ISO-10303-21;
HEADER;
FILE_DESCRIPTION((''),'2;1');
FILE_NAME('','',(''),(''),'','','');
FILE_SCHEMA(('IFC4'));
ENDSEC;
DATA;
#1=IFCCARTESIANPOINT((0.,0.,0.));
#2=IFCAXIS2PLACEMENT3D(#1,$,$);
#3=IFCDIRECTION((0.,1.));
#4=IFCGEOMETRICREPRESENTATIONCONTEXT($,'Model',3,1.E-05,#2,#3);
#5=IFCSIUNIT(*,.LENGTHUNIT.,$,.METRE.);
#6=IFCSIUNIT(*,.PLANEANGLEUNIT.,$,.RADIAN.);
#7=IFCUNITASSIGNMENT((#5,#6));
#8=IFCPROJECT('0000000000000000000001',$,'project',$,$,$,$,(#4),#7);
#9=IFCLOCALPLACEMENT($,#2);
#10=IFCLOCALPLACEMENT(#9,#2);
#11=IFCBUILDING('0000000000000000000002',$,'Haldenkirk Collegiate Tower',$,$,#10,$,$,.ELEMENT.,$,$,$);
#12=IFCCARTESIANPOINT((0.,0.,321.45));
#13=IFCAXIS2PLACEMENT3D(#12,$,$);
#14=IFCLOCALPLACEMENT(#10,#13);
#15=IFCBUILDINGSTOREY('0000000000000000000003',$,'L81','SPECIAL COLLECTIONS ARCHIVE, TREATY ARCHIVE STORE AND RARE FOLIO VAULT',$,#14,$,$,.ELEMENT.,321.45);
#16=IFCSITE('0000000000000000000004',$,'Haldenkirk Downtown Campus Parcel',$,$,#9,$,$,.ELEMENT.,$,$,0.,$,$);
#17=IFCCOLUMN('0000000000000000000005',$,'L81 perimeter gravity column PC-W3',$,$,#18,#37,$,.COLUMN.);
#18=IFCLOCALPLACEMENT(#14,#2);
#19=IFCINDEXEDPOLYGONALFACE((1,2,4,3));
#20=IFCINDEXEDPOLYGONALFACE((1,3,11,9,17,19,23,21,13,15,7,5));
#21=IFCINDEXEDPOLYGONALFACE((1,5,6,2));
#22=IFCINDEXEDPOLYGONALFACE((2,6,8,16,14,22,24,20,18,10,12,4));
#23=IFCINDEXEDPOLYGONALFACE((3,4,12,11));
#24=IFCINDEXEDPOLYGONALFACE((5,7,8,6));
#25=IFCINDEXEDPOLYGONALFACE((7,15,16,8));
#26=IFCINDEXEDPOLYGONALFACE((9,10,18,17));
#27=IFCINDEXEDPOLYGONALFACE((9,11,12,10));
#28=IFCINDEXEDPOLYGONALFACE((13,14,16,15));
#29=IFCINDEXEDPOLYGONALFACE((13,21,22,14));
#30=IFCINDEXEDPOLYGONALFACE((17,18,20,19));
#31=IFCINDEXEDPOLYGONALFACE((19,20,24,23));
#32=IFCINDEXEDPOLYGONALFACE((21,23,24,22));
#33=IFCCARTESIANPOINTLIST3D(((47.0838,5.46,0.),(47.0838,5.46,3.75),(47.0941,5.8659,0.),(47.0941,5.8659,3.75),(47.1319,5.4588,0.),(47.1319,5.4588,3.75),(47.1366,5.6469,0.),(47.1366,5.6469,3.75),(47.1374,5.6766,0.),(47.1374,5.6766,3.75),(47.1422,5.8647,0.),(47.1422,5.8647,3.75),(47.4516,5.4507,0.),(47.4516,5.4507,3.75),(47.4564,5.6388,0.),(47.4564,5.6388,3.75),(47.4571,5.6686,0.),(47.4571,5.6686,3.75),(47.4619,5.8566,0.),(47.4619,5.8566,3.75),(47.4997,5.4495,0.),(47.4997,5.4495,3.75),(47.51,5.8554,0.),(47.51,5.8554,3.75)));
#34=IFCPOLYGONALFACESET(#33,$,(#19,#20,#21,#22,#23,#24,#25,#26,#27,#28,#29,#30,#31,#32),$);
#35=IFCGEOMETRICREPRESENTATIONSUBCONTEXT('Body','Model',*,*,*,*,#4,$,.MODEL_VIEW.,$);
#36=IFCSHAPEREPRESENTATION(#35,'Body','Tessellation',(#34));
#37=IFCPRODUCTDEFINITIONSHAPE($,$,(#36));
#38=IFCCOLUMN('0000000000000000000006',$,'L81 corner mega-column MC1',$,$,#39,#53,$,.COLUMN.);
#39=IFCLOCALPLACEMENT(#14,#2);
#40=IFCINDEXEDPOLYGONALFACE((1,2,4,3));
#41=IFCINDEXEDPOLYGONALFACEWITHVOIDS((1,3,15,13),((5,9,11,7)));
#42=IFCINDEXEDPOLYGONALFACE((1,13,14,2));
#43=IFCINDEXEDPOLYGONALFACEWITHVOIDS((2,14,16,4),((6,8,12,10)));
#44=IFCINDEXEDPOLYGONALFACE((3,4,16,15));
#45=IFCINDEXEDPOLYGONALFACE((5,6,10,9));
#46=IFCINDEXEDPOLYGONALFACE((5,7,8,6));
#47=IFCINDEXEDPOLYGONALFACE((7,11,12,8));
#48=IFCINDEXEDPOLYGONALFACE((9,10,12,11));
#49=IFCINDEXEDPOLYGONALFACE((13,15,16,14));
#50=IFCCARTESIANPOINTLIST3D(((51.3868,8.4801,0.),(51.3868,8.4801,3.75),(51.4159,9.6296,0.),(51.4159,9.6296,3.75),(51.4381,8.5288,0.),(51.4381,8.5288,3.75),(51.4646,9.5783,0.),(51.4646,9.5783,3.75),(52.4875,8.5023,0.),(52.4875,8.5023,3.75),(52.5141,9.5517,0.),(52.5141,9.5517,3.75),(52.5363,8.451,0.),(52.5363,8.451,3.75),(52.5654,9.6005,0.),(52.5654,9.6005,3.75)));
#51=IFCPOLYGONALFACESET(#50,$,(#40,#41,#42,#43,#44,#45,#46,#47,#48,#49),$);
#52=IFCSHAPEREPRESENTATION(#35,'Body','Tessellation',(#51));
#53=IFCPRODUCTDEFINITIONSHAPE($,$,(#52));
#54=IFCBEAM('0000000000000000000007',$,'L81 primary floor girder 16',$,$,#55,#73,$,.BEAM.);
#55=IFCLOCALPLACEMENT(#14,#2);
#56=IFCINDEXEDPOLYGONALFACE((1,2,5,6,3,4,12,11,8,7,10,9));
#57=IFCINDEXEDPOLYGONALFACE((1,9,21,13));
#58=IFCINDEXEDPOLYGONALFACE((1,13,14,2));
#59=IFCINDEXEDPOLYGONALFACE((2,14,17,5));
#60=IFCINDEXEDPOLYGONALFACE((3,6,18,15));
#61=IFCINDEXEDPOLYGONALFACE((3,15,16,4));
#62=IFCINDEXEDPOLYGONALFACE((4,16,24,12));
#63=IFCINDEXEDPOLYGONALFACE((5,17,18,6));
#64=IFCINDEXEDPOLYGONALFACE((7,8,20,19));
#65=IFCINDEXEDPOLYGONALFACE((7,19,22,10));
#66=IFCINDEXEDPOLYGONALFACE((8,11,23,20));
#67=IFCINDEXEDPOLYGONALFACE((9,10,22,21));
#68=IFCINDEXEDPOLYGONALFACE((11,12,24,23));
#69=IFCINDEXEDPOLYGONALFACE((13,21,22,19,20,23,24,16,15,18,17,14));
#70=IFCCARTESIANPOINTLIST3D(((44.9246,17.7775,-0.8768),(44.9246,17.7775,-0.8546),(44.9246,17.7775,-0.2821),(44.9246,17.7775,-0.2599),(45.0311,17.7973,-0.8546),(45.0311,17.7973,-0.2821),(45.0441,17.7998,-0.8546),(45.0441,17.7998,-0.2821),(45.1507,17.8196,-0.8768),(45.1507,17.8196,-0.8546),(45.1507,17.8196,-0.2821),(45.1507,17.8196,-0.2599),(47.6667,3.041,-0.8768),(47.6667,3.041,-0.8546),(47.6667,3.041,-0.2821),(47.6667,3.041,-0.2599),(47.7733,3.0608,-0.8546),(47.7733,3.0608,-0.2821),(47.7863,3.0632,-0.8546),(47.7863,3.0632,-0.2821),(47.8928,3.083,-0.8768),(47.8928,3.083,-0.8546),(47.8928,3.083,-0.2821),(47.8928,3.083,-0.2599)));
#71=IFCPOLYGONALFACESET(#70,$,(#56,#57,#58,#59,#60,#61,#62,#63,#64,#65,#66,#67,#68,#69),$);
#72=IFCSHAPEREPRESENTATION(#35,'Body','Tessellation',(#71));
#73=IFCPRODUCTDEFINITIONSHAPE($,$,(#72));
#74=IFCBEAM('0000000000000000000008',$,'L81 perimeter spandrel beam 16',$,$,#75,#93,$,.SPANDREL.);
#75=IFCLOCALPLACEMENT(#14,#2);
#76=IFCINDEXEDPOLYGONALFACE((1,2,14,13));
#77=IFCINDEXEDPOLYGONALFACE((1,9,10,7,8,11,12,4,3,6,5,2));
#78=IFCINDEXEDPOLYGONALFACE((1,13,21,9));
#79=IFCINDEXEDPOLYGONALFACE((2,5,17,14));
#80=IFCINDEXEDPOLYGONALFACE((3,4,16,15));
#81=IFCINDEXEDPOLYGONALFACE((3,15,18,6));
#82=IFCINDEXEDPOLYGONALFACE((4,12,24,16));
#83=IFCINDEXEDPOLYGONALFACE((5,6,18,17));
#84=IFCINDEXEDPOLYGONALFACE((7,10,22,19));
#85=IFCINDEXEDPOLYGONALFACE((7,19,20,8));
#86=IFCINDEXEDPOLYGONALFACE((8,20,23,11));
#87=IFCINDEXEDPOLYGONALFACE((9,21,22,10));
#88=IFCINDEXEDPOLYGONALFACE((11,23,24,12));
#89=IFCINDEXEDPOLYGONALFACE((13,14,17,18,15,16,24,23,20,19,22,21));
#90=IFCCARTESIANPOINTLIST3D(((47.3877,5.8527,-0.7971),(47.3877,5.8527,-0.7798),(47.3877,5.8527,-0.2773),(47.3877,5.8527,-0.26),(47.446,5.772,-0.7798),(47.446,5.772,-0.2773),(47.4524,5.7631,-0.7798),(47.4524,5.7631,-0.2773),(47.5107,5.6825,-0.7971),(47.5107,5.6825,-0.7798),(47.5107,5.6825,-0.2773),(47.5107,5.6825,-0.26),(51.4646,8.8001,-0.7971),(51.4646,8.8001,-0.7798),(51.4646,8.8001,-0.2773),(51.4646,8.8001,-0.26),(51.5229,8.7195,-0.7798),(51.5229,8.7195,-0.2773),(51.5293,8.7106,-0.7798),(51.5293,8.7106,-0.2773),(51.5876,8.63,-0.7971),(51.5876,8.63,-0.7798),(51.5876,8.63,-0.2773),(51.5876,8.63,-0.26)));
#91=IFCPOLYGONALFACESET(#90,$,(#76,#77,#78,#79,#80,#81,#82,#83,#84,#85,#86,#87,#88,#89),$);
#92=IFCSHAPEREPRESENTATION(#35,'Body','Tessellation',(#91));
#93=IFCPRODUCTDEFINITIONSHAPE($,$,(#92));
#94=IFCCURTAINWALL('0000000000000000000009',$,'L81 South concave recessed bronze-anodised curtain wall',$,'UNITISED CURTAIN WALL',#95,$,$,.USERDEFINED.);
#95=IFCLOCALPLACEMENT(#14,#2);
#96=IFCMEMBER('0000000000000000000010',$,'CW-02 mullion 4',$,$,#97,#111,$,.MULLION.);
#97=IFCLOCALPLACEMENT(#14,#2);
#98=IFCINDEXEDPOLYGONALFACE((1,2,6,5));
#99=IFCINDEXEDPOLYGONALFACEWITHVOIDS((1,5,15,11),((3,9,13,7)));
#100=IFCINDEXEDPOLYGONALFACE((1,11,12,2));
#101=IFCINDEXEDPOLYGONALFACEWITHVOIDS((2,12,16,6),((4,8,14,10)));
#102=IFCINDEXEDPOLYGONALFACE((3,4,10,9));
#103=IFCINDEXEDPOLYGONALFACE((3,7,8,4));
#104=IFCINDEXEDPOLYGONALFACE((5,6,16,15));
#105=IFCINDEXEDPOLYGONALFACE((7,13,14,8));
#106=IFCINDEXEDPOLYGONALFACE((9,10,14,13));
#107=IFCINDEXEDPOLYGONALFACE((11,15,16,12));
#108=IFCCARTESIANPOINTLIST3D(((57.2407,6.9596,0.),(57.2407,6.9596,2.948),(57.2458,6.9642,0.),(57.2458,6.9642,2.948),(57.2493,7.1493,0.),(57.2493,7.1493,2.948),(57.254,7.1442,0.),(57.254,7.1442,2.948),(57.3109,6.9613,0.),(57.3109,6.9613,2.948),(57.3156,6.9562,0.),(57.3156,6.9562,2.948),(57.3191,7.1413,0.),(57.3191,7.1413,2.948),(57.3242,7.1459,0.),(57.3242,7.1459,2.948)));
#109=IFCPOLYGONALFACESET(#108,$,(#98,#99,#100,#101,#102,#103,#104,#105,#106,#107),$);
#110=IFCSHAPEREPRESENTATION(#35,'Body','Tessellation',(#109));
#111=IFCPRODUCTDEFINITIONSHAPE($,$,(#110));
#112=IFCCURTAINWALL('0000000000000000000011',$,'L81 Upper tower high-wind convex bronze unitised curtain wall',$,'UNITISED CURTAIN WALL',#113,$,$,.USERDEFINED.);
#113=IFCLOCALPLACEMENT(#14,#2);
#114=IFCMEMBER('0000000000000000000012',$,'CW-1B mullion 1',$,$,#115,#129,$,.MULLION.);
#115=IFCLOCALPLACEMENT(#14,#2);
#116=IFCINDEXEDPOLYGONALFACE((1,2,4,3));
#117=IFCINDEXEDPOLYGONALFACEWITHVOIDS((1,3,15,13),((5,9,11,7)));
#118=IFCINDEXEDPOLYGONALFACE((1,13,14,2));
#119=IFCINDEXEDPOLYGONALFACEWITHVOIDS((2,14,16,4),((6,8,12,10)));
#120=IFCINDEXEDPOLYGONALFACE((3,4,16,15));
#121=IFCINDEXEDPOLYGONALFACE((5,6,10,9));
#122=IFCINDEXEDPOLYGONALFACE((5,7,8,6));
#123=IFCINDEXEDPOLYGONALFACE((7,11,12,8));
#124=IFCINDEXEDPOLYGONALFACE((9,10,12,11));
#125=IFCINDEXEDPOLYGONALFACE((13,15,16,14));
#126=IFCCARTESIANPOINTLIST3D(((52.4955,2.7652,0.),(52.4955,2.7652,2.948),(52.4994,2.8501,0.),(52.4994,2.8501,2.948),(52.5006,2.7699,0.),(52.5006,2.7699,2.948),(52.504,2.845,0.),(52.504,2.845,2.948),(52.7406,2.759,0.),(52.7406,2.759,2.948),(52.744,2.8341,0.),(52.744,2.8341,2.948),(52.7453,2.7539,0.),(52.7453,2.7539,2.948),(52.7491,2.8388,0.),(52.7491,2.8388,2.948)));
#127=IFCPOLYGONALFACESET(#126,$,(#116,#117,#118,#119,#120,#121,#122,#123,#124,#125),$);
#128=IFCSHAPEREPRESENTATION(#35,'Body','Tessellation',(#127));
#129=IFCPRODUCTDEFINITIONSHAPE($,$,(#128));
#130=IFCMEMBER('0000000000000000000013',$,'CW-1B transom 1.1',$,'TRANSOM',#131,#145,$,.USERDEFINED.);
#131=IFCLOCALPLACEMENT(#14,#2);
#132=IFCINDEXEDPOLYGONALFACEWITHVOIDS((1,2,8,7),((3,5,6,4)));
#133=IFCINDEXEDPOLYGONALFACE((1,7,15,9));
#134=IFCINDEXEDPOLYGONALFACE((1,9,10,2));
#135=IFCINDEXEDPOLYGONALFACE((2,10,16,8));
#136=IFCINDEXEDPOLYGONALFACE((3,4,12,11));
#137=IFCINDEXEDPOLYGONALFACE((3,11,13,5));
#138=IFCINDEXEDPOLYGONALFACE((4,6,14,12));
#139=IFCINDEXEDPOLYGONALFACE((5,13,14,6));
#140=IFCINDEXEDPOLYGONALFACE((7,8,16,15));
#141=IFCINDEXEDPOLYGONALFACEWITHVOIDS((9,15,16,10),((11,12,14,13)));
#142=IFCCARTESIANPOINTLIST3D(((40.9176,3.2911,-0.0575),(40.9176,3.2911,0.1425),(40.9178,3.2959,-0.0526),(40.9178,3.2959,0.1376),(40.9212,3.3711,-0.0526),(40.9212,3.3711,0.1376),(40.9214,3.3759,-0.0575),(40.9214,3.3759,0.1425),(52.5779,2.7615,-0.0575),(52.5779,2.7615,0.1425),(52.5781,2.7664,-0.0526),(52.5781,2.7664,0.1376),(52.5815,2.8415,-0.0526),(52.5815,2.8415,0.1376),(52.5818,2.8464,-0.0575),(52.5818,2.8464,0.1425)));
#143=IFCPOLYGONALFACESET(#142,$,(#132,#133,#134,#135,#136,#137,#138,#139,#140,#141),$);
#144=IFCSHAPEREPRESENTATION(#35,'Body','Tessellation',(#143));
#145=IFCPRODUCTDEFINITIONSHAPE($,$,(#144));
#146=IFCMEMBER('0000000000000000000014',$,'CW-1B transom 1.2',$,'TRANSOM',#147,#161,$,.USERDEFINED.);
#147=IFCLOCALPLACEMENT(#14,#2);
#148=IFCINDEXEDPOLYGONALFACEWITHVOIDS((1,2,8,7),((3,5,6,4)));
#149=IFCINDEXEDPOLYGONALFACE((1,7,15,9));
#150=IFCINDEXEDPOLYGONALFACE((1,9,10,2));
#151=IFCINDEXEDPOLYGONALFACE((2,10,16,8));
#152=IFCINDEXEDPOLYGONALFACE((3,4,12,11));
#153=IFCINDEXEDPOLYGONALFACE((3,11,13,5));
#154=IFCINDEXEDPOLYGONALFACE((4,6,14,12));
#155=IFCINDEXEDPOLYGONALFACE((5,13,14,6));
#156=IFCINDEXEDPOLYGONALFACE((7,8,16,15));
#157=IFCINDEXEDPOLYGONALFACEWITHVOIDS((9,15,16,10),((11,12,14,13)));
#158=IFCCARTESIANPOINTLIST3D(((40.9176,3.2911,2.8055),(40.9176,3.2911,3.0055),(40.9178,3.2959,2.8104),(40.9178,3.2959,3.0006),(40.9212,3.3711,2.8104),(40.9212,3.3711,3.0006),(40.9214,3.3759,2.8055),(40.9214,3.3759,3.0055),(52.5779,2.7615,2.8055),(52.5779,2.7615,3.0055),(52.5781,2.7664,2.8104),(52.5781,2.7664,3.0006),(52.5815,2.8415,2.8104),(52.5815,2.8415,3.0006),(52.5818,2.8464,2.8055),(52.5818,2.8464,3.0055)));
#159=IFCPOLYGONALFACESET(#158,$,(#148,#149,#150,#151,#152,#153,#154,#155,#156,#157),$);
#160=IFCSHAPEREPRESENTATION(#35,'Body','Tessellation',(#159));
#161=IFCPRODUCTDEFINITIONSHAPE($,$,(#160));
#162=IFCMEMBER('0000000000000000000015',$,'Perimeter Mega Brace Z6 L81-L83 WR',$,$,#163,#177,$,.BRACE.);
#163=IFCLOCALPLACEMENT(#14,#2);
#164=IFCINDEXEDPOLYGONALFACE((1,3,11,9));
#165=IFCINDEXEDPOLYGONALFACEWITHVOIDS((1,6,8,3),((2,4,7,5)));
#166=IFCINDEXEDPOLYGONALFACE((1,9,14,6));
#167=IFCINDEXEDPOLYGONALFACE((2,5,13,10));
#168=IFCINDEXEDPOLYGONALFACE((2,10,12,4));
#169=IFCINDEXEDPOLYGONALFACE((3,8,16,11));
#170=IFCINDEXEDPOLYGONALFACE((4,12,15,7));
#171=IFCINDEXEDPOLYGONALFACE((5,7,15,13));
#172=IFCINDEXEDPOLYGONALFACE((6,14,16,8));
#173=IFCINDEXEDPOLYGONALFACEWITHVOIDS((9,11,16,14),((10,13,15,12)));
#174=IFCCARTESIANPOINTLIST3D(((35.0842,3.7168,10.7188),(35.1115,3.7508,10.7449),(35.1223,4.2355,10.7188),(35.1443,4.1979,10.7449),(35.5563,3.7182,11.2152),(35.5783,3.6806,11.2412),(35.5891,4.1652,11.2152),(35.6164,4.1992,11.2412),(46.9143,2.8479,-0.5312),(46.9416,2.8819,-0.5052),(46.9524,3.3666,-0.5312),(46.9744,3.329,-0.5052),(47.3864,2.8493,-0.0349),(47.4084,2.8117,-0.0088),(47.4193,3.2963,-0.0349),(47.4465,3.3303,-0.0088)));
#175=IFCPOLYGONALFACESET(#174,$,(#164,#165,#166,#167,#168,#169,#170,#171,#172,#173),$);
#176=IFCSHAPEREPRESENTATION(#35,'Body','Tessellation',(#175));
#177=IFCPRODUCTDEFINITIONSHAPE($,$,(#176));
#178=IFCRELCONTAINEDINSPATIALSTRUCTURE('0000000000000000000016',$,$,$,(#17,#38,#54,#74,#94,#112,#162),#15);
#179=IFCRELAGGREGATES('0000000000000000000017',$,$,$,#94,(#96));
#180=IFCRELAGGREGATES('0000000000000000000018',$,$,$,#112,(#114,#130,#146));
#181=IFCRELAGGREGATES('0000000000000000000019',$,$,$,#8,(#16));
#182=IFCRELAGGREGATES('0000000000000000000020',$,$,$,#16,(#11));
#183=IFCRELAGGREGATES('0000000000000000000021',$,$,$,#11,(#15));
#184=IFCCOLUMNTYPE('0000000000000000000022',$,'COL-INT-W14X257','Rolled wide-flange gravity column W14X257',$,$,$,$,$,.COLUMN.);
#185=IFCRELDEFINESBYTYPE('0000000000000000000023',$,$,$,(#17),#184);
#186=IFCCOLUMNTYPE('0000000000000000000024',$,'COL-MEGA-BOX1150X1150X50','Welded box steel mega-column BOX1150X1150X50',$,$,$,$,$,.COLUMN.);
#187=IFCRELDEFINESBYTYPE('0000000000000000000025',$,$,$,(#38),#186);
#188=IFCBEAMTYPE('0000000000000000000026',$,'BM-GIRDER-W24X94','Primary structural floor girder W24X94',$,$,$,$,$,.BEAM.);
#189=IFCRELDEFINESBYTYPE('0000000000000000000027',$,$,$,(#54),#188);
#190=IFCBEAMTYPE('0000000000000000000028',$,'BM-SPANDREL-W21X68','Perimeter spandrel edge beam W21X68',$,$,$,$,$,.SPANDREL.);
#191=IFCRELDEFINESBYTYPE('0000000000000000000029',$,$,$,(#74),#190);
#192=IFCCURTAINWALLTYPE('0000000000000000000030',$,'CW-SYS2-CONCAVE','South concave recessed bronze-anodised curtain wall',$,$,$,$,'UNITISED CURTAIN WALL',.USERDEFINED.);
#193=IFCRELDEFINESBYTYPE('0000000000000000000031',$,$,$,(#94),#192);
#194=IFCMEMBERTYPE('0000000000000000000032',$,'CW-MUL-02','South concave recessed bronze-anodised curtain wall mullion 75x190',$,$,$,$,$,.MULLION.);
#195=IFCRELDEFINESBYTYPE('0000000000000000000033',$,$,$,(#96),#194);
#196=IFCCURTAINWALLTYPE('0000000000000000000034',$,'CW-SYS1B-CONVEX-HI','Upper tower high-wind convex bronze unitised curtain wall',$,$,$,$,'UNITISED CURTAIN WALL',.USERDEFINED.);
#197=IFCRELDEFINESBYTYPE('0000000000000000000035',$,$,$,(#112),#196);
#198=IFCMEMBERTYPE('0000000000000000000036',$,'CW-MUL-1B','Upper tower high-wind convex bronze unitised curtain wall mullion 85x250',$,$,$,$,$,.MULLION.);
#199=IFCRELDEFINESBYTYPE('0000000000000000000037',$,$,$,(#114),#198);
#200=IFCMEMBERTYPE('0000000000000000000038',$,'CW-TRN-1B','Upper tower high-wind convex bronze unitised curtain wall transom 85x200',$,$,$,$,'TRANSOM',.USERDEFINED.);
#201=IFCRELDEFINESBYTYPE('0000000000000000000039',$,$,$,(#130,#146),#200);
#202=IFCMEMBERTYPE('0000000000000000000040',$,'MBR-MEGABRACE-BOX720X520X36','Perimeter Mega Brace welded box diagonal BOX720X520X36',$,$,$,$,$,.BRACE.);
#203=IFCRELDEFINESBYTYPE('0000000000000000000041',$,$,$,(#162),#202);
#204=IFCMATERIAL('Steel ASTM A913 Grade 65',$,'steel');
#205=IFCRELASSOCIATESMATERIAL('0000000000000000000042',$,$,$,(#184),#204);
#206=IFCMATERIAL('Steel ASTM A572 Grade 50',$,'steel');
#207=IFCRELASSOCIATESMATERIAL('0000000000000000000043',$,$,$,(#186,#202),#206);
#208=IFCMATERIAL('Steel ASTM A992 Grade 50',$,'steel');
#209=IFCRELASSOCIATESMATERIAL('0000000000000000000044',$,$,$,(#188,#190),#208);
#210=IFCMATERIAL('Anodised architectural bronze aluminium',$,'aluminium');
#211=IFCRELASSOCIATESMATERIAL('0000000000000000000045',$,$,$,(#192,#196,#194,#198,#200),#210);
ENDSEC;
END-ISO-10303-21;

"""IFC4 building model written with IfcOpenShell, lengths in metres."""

from ifc_helpers import new_model, si_unit, direction, frame, origin, origin_2d, place, context, subcontext, project, spatial, hollow_rectangle, i_section, extrude, material, material_profile, profile_set, type_object, element, aggregate, save


model = new_model("IFC4")

# Units and contexts
model_context = context("Model", 3, precision=1e-05, world=origin(), true_north=direction((0.0, 1.0)))
body_context = subcontext(model_context, "Body", "Model", "MODEL_VIEW")
ifc_project = project(units=[si_unit("LENGTHUNIT", "METRE"), si_unit("PLANEANGLEUNIT", "RADIAN")], contexts=[model_context])

# Site, building, storey
site_placement = place(None, origin())
site = spatial("IfcSite", under=ifc_project, at=site_placement, Name="Haldenkirk Downtown Campus Parcel", CompositionType="ELEMENT", RefElevation=0.0)
building_placement = place(site_placement, origin())
building = spatial("IfcBuilding", under=site, at=building_placement, Name="Haldenkirk Collegiate Tower", CompositionType="ELEMENT")
storey_placement = place(building_placement, frame((0.0, 0.0, 321.45)))
storey = spatial("IfcBuildingStorey", under=building, at=storey_placement, Name="L81", Description="SPECIAL COLLECTIONS ARCHIVE, TREATY ARCHIVE STORE AND RARE FOLIO VAULT", CompositionType="ELEMENT", Elevation=321.45)

# Columns
ifc_material_1 = material(Name="Steel ASTM A913 Grade 65", Category="steel")
ifc_material_profile_1 = material_profile(ifc_material_1, i_section(OverallWidth=0.406, OverallDepth=0.416, WebThickness=0.0298, FlangeThickness=0.0481, at=origin_2d()), Name="W14X257")
ifc_profile_set_1 = profile_set([ifc_material_profile_1], Name="Steel ASTM A913 Grade 65")
column_type_1 = type_object("IfcColumnType", Name="COL-INT-W14X257", Description="Rolled wide-flange gravity column W14X257", PredefinedType="COLUMN", material=ifc_profile_set_1)
column_1_placement = place(storey_placement, frame((47.2969, 5.6577, 0.0), z_axis=(0.0, 0.0, 1.0), x_axis=(0.025305, 0.99968, 0.0)))
element("IfcColumn", 1, at=column_1_placement, inside=storey, type_object=column_type_1, Name="L81 perimeter gravity column PC-W3", PredefinedType="COLUMN", context=body_context, shape_type="SweptSolid", body=[
    extrude(i_section(OverallWidth=0.406, OverallDepth=0.416, WebThickness=0.0298, FlangeThickness=0.0481, at=origin_2d()), origin(), (0.0, 0.0, 1.0), 3.75),
])
ifc_material_2 = material(Name="Steel ASTM A572 Grade 50", Category="steel")
ifc_material_profile_2 = material_profile(ifc_material_2, hollow_rectangle(XDim=1.1499, YDim=1.1499, WallThickness=0.05, at=origin_2d()), Name="BOX1150X1150X50")
ifc_profile_set_2 = profile_set([ifc_material_profile_2], Name="Steel ASTM A572 Grade 50")
column_type_2 = type_object("IfcColumnType", Name="COL-MEGA-BOX1150X1150X50", Description="Welded box steel mega-column BOX1150X1150X50", PredefinedType="COLUMN", material=ifc_profile_set_2)
column_2_placement = place(storey_placement, frame((51.9761, 9.0403, 0.0), z_axis=(0.0, 0.0, 1.0), x_axis=(0.025305, 0.99968, 0.0)))
element("IfcColumn", 2, at=column_2_placement, inside=storey, type_object=column_type_2, Name="L81 corner mega-column MC1", PredefinedType="COLUMN", context=body_context, shape_type="SweptSolid", body=[
    extrude(hollow_rectangle(XDim=1.1499, YDim=1.1499, WallThickness=0.05, at=origin_2d()), origin(), (0.0, 0.0, 1.0), 3.75),
])

# Beams
ifc_material_3 = material(Name="Steel ASTM A992 Grade 50", Category="steel")
ifc_material_profile_3 = material_profile(ifc_material_3, i_section(OverallWidth=0.23, OverallDepth=0.6169, WebThickness=0.0132, FlangeThickness=0.0222, at=origin_2d()), Name="W24X94")
ifc_profile_set_3 = profile_set([ifc_material_profile_3], Name="Steel ASTM A992 Grade 50")
beam_type_1 = type_object("IfcBeamType", Name="BM-GIRDER-W24X94", Description="Primary structural floor girder W24X94", PredefinedType="BEAM", material=ifc_profile_set_3)
beam_1_placement = place(storey_placement, frame((47.7798, 3.062, -0.5684), z_axis=(-0.18294, 0.983124, 0.0), x_axis=(-0.983124, -0.18294, 0.0)))
element("IfcBeam", 3, at=beam_1_placement, inside=storey, type_object=beam_type_1, Name="L81 primary floor girder 16", PredefinedType="BEAM", context=body_context, shape_type="SweptSolid", body=[
    extrude(i_section(OverallWidth=0.23, OverallDepth=0.6169, WebThickness=0.0132, FlangeThickness=0.0222, at=origin_2d()), origin(), (0.0, 0.0, 1.0), 14.9895),
])
ifc_material_profile_4 = material_profile(ifc_material_3, i_section(OverallWidth=0.21, OverallDepth=0.5371, WebThickness=0.011, FlangeThickness=0.0173, at=origin_2d()), Name="W21X68")
ifc_profile_set_4 = profile_set([ifc_material_profile_4], Name="Steel ASTM A992 Grade 50")
beam_type_2 = type_object("IfcBeamType", Name="BM-SPANDREL-W21X68", Description="Perimeter spandrel edge beam W21X68", PredefinedType="SPANDREL", material=ifc_profile_set_4)
beam_2_placement = place(storey_placement, frame((47.4492, 5.7676, -0.5286), z_axis=(0.810389, 0.585893, 0.0), x_axis=(-0.585893, 0.810389, 0.0)))
element("IfcBeam", 4, at=beam_2_placement, inside=storey, type_object=beam_type_2, Name="L81 perimeter spandrel beam 16", PredefinedType="SPANDREL", context=body_context, shape_type="SweptSolid", body=[
    extrude(i_section(OverallWidth=0.21, OverallDepth=0.5371, WebThickness=0.011, FlangeThickness=0.0173, at=origin_2d()), origin(), (0.0, 0.0, 1.0), 5.0308),
])

# Curtain wall, member
ifc_material_4 = material(Name="Anodised architectural bronze aluminium", Category="aluminium")
curtain_wall_type_1 = type_object("IfcCurtainWallType", Name="CW-SYS2-CONCAVE", Description="South concave recessed bronze-anodised curtain wall", ElementType="UNITISED CURTAIN WALL", PredefinedType="USERDEFINED", material=ifc_material_4)
curtain_wall_1_placement = place(storey_placement, origin())
curtain_wall_1 = element("IfcCurtainWall", 5, at=curtain_wall_1_placement, inside=storey, type_object=curtain_wall_type_1, Name="L81 South concave recessed bronze-anodised curtain wall", ObjectType="UNITISED CURTAIN WALL", PredefinedType="USERDEFINED")
ifc_material_profile_5 = material_profile(ifc_material_4, hollow_rectangle(XDim=0.075, YDim=0.1899, WallThickness=0.0049, at=origin_2d()), Name="CW-MUL-02")
ifc_profile_set_5 = profile_set([ifc_material_profile_5], Name="Anodised architectural bronze aluminium")
member_type_1 = type_object("IfcMemberType", Name="CW-MUL-02", Description="South concave recessed bronze-anodised curtain wall mullion 75x190", PredefinedType="MULLION", material=ifc_profile_set_5)
member_1_placement = place(storey_placement, frame((57.2825, 7.0527, 0.0), z_axis=(0.0, 0.0, 1.0), x_axis=(0.998971, -0.045364, 0.0)))
member_1 = element("IfcMember", 6, at=member_1_placement, type_object=member_type_1, Name="CW-02 mullion 4", PredefinedType="MULLION", context=body_context, shape_type="SweptSolid", body=[
    extrude(hollow_rectangle(XDim=0.075, YDim=0.1899, WallThickness=0.0049, at=origin_2d()), origin(), (0.0, 0.0, 1.0), 2.948),
])

# Curtain wall, members
curtain_wall_type_2 = type_object("IfcCurtainWallType", Name="CW-SYS1B-CONVEX-HI", Description="Upper tower high-wind convex bronze unitised curtain wall", ElementType="UNITISED CURTAIN WALL", PredefinedType="USERDEFINED", material=ifc_material_4)
curtain_wall_2_placement = place(storey_placement, origin())
curtain_wall_2 = element("IfcCurtainWall", 7, at=curtain_wall_2_placement, inside=storey, type_object=curtain_wall_type_2, Name="L81 Upper tower high-wind convex bronze unitised curtain wall", ObjectType="UNITISED CURTAIN WALL", PredefinedType="USERDEFINED")
ifc_material_profile_6 = material_profile(ifc_material_4, hollow_rectangle(XDim=0.085, YDim=0.25, WallThickness=0.0049, at=origin_2d()), Name="CW-MUL-1B")
ifc_profile_set_6 = profile_set([ifc_material_profile_6], Name="Anodised architectural bronze aluminium")
member_type_2 = type_object("IfcMemberType", Name="CW-MUL-1B", Description="Upper tower high-wind convex bronze unitised curtain wall mullion 85x250", PredefinedType="MULLION", material=ifc_profile_set_6)
member_2_placement = place(storey_placement, frame((52.6223, 2.802, 0.0), z_axis=(0.0, 0.0, 1.0), x_axis=(-0.045364, -0.998971, 0.0)))
member_2 = element("IfcMember", 8, at=member_2_placement, type_object=member_type_2, Name="CW-1B mullion 1", PredefinedType="MULLION", context=body_context, shape_type="SweptSolid", body=[
    extrude(hollow_rectangle(XDim=0.085, YDim=0.25, WallThickness=0.0049, at=origin_2d()), origin(), (0.0, 0.0, 1.0), 2.948),
])
ifc_material_profile_7 = material_profile(ifc_material_4, hollow_rectangle(XDim=0.085, YDim=0.2, WallThickness=0.0049, at=origin_2d()), Name="CW-TRN-1B")
ifc_profile_set_7 = profile_set([ifc_material_profile_7], Name="Anodised architectural bronze aluminium")
member_type_3 = type_object("IfcMemberType", Name="CW-TRN-1B", Description="Upper tower high-wind convex bronze unitised curtain wall transom 85x200", ElementType="TRANSOM", PredefinedType="USERDEFINED", material=ifc_profile_set_7)
member_3_placement = place(storey_placement, frame((52.5798, 2.804, 0.0425), z_axis=(-0.99897, 0.045367, 0.0), x_axis=(-0.045367, -0.99897, 0.0)))
member_3 = element("IfcMember", 9, at=member_3_placement, type_object=member_type_3, Name="CW-1B transom 1.1", ObjectType="TRANSOM", PredefinedType="USERDEFINED", context=body_context, shape_type="SweptSolid", body=[
    extrude(hollow_rectangle(XDim=0.085, YDim=0.2, WallThickness=0.0049, at=origin_2d()), origin(), (0.0, 0.0, 1.0), 11.6724),
])
member_4_placement = place(storey_placement, frame((52.5798, 2.804, 2.9055), z_axis=(-0.99897, 0.045367, 0.0), x_axis=(-0.045367, -0.99897, 0.0)))
member_4 = element("IfcMember", 10, at=member_4_placement, type_object=member_type_3, Name="CW-1B transom 1.2", ObjectType="TRANSOM", PredefinedType="USERDEFINED", context=body_context, shape_type="SweptSolid", body=[
    extrude(hollow_rectangle(XDim=0.085, YDim=0.2, WallThickness=0.0049, at=origin_2d()), origin(), (0.0, 0.0, 1.0), 11.6724),
])

# Member
ifc_material_profile_8 = material_profile(ifc_material_2, hollow_rectangle(XDim=0.52, YDim=0.72, WallThickness=0.0359, at=origin_2d()), Name="BOX720X520X36")
ifc_profile_set_8 = profile_set([ifc_material_profile_8], Name="Steel ASTM A572 Grade 50")
member_type_4 = type_object("IfcMemberType", Name="MBR-MEGABRACE-BOX720X520X36", Description="Perimeter Mega Brace welded box diagonal BOX720X520X36", PredefinedType="BRACE", material=ifc_profile_set_8)
member_5_placement = place(storey_placement, frame((47.1804, 3.0891, -0.27), z_axis=(-0.723626, 0.053149, 0.688143), x_axis=(-0.073251, -0.997314, 0.0)))
element("IfcMember", 11, at=member_5_placement, inside=storey, type_object=member_type_4, Name="Perimeter Mega Brace Z6 L81-L83 WR", PredefinedType="BRACE", context=body_context, shape_type="SweptSolid", body=[
    extrude(hollow_rectangle(XDim=0.52, YDim=0.72, WallThickness=0.0359, at=origin_2d()), origin(), (0.0, 0.0, 1.0), 16.3484),
])

aggregate(curtain_wall_1, [member_1])
aggregate(curtain_wall_2, [member_2, member_3, member_4])

save(model, "model.ifc")
